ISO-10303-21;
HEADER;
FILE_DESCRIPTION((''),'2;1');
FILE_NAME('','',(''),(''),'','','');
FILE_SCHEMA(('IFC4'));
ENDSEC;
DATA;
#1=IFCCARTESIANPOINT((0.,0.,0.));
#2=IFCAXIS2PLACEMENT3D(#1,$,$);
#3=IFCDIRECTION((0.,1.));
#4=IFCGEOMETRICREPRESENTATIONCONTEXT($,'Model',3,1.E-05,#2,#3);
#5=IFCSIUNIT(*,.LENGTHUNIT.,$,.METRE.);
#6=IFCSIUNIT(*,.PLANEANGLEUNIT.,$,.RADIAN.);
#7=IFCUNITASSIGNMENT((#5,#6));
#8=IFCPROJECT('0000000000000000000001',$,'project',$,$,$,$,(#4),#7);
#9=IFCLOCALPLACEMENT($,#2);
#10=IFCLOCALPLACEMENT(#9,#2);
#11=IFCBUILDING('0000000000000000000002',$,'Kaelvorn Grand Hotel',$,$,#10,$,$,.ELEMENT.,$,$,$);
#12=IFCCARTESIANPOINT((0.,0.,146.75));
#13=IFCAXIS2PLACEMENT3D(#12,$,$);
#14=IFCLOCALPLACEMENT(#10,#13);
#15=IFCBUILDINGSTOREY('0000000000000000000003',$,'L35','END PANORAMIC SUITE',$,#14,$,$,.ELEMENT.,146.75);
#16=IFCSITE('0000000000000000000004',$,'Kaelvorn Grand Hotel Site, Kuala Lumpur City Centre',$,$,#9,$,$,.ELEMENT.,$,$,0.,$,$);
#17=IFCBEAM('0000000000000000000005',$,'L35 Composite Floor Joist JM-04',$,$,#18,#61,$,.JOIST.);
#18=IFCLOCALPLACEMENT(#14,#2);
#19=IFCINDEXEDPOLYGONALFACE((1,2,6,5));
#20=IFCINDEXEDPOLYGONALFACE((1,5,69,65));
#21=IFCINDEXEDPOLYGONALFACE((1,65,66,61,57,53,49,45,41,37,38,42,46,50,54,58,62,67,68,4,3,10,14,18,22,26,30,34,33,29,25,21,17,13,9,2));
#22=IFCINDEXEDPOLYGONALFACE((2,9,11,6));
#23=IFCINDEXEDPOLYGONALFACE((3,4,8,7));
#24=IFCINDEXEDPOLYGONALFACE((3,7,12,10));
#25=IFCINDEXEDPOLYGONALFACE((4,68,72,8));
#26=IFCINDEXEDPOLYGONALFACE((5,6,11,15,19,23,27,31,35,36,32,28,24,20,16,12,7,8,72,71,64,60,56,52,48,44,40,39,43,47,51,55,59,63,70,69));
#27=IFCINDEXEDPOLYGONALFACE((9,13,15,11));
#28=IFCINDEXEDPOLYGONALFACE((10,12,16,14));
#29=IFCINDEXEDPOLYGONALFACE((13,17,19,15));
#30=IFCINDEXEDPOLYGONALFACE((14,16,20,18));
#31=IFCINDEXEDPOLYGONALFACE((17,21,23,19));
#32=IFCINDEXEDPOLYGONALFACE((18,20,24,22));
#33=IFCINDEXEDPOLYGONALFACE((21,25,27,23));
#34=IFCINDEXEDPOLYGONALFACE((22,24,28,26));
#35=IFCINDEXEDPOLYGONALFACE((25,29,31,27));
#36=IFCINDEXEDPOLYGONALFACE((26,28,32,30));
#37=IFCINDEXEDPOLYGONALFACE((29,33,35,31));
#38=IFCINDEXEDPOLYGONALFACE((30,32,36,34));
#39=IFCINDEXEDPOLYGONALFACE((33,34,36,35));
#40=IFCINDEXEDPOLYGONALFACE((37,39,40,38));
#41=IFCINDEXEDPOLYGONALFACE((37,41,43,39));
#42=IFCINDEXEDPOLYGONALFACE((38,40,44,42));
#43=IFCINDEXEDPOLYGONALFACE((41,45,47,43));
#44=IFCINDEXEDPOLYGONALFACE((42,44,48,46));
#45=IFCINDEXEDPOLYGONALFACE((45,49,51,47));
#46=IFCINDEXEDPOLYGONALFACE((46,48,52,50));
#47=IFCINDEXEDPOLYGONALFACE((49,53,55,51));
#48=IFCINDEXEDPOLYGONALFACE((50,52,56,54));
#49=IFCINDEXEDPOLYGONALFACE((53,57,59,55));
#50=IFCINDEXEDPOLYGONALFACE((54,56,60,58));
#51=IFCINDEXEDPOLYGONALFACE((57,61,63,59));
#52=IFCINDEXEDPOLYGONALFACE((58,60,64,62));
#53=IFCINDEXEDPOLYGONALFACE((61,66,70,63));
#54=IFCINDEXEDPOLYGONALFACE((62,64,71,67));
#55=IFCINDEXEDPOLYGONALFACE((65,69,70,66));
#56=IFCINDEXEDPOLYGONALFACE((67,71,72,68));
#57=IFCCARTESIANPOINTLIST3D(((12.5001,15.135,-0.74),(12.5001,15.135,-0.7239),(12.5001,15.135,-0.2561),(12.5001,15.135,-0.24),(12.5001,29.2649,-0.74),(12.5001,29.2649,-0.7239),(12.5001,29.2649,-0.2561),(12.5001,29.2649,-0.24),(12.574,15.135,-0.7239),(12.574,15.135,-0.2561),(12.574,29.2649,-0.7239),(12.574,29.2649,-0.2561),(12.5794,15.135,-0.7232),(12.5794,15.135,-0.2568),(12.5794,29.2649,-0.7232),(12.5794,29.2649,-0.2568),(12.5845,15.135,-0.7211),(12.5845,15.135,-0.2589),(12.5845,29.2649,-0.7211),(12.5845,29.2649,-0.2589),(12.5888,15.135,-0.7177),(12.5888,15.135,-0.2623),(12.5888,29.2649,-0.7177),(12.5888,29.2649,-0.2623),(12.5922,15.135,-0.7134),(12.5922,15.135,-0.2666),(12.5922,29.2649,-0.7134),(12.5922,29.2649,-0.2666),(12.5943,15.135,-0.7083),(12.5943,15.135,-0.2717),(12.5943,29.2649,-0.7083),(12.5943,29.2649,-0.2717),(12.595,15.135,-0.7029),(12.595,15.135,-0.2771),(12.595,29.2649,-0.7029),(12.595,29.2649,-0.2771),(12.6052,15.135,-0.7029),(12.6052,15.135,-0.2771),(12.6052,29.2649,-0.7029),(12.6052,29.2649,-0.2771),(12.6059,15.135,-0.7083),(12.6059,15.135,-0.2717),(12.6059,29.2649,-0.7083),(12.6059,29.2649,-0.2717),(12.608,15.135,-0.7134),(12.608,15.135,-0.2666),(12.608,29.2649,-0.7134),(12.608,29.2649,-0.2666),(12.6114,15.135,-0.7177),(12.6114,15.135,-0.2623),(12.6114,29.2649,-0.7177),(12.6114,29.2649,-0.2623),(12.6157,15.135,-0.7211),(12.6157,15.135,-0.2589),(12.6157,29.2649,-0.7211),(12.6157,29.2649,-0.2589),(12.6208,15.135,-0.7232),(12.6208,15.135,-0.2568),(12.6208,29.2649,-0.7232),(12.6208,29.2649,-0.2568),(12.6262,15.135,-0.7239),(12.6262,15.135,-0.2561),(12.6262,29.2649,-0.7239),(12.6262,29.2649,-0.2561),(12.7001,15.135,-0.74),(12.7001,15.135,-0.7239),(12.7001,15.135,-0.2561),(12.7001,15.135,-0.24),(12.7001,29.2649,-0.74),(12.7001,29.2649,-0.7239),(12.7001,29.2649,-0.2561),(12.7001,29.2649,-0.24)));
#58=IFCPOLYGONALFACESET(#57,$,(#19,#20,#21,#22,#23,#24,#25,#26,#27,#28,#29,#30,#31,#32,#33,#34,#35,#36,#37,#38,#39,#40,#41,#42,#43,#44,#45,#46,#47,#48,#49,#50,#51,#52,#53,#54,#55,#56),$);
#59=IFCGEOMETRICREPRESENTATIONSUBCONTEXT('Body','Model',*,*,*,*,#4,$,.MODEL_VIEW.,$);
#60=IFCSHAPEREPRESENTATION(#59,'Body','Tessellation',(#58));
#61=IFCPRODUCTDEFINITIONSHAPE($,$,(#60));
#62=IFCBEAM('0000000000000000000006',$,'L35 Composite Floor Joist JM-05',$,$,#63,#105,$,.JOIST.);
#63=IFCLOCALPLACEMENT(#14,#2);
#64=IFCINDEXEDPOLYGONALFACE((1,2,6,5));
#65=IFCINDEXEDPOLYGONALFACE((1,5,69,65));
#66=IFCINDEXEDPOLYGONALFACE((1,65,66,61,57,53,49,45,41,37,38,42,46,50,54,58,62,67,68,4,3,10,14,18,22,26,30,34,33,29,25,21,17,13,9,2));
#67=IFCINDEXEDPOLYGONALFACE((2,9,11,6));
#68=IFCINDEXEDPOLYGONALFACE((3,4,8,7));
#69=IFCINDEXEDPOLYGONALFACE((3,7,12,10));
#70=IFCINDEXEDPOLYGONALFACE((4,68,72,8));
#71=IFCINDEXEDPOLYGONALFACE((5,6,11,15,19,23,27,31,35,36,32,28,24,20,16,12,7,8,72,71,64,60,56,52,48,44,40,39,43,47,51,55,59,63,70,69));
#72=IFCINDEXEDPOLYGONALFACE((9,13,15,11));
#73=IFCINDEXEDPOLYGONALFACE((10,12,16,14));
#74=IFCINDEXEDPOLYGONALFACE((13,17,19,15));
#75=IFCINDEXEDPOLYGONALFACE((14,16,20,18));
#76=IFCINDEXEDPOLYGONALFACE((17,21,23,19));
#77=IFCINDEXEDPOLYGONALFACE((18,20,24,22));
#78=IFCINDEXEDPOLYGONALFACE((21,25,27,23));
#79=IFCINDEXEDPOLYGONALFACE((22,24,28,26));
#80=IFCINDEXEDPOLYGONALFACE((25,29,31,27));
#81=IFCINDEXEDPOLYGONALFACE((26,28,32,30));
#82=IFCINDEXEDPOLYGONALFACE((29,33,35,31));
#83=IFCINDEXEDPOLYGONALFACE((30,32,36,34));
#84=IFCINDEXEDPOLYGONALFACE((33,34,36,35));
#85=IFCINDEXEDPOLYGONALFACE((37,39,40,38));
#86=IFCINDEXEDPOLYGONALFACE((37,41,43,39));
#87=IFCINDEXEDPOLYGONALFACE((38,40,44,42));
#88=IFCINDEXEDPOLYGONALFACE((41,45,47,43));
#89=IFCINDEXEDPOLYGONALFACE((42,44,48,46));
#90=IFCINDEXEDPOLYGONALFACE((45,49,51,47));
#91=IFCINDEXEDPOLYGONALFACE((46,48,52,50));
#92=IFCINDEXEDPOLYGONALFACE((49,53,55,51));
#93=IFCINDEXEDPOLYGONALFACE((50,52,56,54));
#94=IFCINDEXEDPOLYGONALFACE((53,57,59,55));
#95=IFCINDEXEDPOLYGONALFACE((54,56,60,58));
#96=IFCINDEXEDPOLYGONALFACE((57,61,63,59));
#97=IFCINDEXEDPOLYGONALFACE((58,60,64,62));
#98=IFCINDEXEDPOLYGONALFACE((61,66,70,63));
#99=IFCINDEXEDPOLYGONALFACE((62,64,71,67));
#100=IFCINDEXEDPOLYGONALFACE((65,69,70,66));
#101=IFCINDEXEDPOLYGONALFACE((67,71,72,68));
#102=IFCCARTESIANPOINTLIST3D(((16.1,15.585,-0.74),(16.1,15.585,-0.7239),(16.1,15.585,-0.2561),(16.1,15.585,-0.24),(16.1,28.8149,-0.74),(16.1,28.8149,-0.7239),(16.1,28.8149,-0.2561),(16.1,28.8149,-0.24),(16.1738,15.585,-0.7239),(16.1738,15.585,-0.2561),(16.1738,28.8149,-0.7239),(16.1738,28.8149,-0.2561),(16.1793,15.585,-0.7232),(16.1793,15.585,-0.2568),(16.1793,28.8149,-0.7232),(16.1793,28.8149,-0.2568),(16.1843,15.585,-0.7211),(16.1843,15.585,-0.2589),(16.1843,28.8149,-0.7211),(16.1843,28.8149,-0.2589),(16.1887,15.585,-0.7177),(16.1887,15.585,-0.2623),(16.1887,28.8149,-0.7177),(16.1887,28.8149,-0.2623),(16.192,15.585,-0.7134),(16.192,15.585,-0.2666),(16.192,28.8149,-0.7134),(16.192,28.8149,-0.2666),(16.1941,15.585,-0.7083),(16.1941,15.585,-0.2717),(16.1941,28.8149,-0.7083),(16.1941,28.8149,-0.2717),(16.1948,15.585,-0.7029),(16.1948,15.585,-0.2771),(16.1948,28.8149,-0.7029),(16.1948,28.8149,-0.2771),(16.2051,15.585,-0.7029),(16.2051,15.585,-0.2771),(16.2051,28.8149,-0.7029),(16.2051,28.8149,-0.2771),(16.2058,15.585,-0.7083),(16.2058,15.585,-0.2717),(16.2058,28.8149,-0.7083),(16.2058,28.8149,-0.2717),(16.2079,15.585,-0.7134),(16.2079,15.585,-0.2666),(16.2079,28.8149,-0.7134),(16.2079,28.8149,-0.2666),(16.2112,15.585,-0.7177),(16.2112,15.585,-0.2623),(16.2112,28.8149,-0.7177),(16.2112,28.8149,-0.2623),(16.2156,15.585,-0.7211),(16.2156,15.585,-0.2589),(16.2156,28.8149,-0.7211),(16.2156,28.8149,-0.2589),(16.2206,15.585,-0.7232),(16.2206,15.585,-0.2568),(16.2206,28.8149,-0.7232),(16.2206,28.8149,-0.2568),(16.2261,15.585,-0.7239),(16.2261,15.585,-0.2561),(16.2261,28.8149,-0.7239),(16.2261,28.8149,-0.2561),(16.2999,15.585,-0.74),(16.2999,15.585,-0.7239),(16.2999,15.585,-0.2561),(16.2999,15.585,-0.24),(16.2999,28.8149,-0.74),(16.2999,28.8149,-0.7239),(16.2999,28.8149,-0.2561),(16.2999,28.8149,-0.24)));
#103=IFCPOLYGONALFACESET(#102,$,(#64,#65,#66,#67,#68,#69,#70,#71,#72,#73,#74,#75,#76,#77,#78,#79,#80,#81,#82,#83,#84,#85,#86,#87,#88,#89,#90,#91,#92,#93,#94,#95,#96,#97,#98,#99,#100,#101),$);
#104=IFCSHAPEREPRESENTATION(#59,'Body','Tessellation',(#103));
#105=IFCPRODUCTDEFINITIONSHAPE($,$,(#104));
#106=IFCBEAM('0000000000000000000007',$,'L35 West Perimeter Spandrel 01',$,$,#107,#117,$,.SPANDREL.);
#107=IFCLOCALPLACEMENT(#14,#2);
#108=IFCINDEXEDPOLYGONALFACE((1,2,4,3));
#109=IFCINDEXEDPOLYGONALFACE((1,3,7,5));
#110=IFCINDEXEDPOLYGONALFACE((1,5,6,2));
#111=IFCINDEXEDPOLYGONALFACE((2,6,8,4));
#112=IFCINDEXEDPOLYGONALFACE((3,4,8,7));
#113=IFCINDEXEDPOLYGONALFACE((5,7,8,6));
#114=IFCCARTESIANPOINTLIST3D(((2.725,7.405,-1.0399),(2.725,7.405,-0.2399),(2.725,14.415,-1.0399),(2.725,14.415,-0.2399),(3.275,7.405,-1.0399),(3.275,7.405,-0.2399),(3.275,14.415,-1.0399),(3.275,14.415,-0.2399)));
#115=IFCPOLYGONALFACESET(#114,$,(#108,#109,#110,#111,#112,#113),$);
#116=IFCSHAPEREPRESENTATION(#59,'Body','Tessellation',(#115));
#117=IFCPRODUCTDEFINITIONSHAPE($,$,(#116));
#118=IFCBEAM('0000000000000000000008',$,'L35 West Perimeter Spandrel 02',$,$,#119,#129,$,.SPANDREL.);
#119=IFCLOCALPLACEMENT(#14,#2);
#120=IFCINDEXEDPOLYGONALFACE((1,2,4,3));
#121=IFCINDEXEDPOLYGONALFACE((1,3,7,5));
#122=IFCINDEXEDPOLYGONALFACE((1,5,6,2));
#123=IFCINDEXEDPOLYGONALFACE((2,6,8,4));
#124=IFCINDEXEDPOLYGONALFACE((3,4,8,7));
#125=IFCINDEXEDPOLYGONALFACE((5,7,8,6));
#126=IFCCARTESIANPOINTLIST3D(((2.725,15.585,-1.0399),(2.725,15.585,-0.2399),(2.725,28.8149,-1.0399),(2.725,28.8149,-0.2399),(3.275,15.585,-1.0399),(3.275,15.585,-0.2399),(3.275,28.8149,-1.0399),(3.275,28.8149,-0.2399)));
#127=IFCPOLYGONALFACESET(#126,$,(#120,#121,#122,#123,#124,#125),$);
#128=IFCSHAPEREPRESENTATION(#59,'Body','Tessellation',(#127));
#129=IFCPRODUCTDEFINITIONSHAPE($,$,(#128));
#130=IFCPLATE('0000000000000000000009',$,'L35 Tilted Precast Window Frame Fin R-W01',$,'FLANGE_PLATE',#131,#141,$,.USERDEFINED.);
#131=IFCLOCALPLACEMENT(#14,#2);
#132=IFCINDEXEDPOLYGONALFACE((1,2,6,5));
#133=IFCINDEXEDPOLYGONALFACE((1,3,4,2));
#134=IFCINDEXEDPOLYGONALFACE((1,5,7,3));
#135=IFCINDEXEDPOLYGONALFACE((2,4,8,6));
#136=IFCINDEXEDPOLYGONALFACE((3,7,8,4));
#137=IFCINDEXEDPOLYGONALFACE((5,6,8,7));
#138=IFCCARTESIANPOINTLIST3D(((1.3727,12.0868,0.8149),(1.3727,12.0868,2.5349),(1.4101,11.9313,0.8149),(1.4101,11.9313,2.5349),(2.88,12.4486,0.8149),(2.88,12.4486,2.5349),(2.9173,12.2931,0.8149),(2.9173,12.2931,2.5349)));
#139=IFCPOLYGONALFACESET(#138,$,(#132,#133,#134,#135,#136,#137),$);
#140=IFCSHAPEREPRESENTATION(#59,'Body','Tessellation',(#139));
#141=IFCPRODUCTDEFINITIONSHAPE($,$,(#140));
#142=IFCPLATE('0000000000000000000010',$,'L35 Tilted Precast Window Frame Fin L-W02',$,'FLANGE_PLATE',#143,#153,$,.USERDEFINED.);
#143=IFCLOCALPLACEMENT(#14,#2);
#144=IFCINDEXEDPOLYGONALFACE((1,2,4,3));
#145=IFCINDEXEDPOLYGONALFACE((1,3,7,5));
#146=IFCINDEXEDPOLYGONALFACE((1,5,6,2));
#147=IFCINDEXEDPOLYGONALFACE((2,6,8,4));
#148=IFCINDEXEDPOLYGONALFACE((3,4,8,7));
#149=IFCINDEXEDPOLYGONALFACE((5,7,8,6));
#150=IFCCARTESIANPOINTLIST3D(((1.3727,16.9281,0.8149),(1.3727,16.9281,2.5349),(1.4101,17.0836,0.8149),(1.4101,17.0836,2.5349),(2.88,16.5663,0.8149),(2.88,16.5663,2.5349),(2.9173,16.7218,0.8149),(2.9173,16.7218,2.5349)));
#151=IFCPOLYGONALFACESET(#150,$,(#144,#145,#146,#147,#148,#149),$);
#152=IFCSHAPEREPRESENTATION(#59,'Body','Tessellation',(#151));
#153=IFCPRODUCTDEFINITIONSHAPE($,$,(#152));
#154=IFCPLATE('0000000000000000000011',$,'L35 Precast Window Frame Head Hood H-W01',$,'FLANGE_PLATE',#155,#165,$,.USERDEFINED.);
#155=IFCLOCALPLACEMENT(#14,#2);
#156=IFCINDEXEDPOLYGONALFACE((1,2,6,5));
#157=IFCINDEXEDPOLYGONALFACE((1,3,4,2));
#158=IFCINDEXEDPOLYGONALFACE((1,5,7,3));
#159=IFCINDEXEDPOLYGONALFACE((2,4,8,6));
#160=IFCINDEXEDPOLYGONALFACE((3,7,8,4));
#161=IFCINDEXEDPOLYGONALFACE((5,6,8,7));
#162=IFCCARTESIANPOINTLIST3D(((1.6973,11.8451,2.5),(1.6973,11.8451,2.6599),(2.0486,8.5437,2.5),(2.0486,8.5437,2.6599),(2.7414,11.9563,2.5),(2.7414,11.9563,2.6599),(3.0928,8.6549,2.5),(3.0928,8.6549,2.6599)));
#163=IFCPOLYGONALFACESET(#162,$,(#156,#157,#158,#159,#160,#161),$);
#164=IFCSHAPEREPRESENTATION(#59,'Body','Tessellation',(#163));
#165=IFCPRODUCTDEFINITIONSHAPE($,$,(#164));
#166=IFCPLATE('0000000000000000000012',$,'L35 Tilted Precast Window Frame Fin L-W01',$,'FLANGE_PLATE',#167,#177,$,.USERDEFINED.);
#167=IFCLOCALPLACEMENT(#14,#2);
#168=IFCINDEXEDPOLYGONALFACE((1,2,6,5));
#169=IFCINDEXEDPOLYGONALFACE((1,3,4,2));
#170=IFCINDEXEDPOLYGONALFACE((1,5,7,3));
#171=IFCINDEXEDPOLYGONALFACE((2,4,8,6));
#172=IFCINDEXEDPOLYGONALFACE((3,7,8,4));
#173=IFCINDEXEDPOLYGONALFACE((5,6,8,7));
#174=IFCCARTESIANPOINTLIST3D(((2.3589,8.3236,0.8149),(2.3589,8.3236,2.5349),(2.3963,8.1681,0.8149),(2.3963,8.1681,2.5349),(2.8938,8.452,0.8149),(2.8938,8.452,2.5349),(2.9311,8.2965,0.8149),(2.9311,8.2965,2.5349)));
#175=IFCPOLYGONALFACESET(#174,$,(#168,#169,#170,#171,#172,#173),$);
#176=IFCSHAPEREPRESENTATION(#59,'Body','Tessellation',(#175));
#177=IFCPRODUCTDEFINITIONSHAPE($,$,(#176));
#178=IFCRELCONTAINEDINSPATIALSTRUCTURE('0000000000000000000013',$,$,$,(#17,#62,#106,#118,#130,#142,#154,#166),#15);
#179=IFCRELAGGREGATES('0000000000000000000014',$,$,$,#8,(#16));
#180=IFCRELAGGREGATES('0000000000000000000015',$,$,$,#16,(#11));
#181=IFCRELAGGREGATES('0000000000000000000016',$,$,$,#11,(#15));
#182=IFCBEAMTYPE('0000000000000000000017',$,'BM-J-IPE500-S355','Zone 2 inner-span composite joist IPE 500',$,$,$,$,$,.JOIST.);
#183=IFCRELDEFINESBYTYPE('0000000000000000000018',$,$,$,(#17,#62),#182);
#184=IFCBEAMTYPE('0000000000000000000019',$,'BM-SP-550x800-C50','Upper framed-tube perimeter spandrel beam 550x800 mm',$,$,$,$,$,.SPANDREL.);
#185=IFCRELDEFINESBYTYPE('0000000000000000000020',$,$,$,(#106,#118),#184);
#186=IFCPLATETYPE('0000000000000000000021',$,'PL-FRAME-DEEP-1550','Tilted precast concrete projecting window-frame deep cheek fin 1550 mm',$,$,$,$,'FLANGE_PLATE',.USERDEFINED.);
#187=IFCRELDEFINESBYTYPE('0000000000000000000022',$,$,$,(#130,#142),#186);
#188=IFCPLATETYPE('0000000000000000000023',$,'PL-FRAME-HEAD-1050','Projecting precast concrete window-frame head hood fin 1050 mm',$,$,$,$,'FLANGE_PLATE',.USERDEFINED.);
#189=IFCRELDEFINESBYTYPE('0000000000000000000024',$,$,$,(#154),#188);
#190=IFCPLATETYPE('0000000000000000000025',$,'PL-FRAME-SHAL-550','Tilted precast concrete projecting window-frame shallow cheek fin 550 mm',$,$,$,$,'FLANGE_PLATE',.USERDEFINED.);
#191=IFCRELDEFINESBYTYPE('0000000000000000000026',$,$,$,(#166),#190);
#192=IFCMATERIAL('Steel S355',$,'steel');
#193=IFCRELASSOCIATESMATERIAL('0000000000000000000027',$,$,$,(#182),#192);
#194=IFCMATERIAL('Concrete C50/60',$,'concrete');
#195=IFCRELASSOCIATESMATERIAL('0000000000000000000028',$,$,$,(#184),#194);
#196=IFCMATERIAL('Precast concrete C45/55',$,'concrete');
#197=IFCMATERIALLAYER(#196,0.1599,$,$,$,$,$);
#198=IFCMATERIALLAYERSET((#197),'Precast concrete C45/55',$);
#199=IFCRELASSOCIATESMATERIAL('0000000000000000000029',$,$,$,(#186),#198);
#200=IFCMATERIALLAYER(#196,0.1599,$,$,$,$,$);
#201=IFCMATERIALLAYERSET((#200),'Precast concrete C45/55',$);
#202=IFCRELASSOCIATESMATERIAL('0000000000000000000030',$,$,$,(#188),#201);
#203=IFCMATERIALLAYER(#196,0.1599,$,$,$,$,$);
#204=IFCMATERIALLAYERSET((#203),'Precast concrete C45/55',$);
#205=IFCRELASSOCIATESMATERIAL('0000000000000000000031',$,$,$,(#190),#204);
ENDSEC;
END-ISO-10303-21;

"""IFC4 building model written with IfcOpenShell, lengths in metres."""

from ifc_helpers import new_model, si_unit, direction, frame, origin, origin_2d, place, context, subcontext, project, spatial, rectangle, i_section, extrude, material, layer, layer_set, material_profile, profile_set, type_object, element, save


model = new_model("IFC4")

# Units and contexts
model_context = context("Model", 3, precision=1e-05, world=origin(), true_north=direction((0.0, 1.0)))
body_context = subcontext(model_context, "Body", "Model", "MODEL_VIEW")
ifc_project = project(units=[si_unit("LENGTHUNIT", "METRE"), si_unit("PLANEANGLEUNIT", "RADIAN")], contexts=[model_context])

# Site, building, storey
site_placement = place(None, origin())
site = spatial("IfcSite", under=ifc_project, at=site_placement, Name="Kaelvorn Grand Hotel Site, Kuala Lumpur City Centre", CompositionType="ELEMENT", RefElevation=0.0)
building_placement = place(site_placement, origin())
building = spatial("IfcBuilding", under=site, at=building_placement, Name="Kaelvorn Grand Hotel", CompositionType="ELEMENT")
storey_placement = place(building_placement, frame((0.0, 0.0, 146.75)))
storey = spatial("IfcBuildingStorey", under=building, at=storey_placement, Name="L35", Description="END PANORAMIC SUITE", CompositionType="ELEMENT", Elevation=146.75)

# Beams
ifc_material_1 = material(Name="Steel S355", Category="steel")
ifc_material_profile_1 = material_profile(ifc_material_1, i_section(OverallWidth=0.2, OverallDepth=0.5, WebThickness=0.0103, FlangeThickness=0.0161, FilletRadius=0.021, at=origin_2d()), Name="IPE 500")
ifc_profile_set_1 = profile_set([ifc_material_profile_1], Name="Steel S355")
beam_type_1 = type_object("IfcBeamType", Name="BM-J-IPE500-S355", Description="Zone 2 inner-span composite joist IPE 500", PredefinedType="JOIST", material=ifc_profile_set_1)
beam_1_placement = place(storey_placement, frame((12.6001, 15.135, -0.49), z_axis=(0.0, 1.0, 0.0), x_axis=(-1.0, 0.0, 0.0)))
element("IfcBeam", 1, at=beam_1_placement, inside=storey, type_object=beam_type_1, Name="L35 Composite Floor Joist JM-04", PredefinedType="JOIST", context=body_context, shape_type="SweptSolid", body=[
    extrude(i_section(OverallWidth=0.2, OverallDepth=0.5, WebThickness=0.0103, FlangeThickness=0.0161, FilletRadius=0.021, at=origin_2d()), origin(), (0.0, 0.0, 1.0), 14.1299),
])
beam_2_placement = place(storey_placement, frame((16.2, 15.585, -0.49), z_axis=(0.0, 1.0, 0.0), x_axis=(-1.0, 0.0, 0.0)))
element("IfcBeam", 2, at=beam_2_placement, inside=storey, type_object=beam_type_1, Name="L35 Composite Floor Joist JM-05", PredefinedType="JOIST", context=body_context, shape_type="SweptSolid", body=[
    extrude(i_section(OverallWidth=0.2, OverallDepth=0.5, WebThickness=0.0103, FlangeThickness=0.0161, FilletRadius=0.021, at=origin_2d()), origin(), (0.0, 0.0, 1.0), 13.23),
])
ifc_material_2 = material(Name="Concrete C50/60", Category="concrete")
ifc_material_profile_2 = material_profile(ifc_material_2, rectangle(XDim=0.55, YDim=0.8, at=origin_2d()), Name="RC SPANDREL 550x800")
ifc_profile_set_2 = profile_set([ifc_material_profile_2], Name="Concrete C50/60")
beam_type_2 = type_object("IfcBeamType", Name="BM-SP-550x800-C50", Description="Upper framed-tube perimeter spandrel beam 550x800 mm", PredefinedType="SPANDREL", material=ifc_profile_set_2)
beam_3_placement = place(storey_placement, frame((3.0, 7.405, -0.6399), z_axis=(0.0, 1.0, 0.0), x_axis=(-1.0, 0.0, 0.0)))
element("IfcBeam", 3, at=beam_3_placement, inside=storey, type_object=beam_type_2, Name="L35 West Perimeter Spandrel 01", PredefinedType="SPANDREL", context=body_context, shape_type="SweptSolid", body=[
    extrude(rectangle(XDim=0.55, YDim=0.8, at=origin_2d()), origin(), (0.0, 0.0, 1.0), 7.01),
])
beam_4_placement = place(storey_placement, frame((3.0, 15.585, -0.6399), z_axis=(0.0, 1.0, 0.0), x_axis=(-1.0, 0.0, 0.0)))
element("IfcBeam", 4, at=beam_4_placement, inside=storey, type_object=beam_type_2, Name="L35 West Perimeter Spandrel 02", PredefinedType="SPANDREL", context=body_context, shape_type="SweptSolid", body=[
    extrude(rectangle(XDim=0.55, YDim=0.8, at=origin_2d()), origin(), (0.0, 0.0, 1.0), 13.23),
])

# Plates
ifc_material_3 = material(Name="Precast concrete C45/55", Category="concrete")
ifc_layer_1 = layer(ifc_material_3, 0.1599)
ifc_layer_set_1 = layer_set([ifc_layer_1], Name="Precast concrete C45/55")
plate_type_1 = type_object("IfcPlateType", Name="PL-FRAME-DEEP-1550", Description="Tilted precast concrete projecting window-frame deep cheek fin 1550 mm", ElementType="FLANGE_PLATE", PredefinedType="USERDEFINED", material=ifc_layer_set_1)
for number, where, z_axis, x_axis, name in (
    (5, (2.145, 12.1899, 0.8149), (0.0, 0.0, 1.0), (-0.233445, 0.97237, 0.0), "L35 Tilted Precast Window Frame Fin R-W01"),
    (6, (2.145, 16.825, 0.8149), (0.0, 0.0, 1.0), (0.233445, 0.97237, 0.0), "L35 Tilted Precast Window Frame Fin L-W02"),
):
    element("IfcPlate", number, at=place(storey_placement, frame(where, z_axis=z_axis, x_axis=x_axis)), inside=storey, type_object=plate_type_1, Name=name, ObjectType="FLANGE_PLATE", PredefinedType="USERDEFINED", context=body_context, shape_type="SweptSolid", body=[
        extrude(rectangle(XDim=0.1599, YDim=1.55, at=origin_2d()), origin(), (0.0, 0.0, 1.0), 1.72),
    ])
ifc_layer_2 = layer(ifc_material_3, 0.1599)
ifc_layer_set_2 = layer_set([ifc_layer_2], Name="Precast concrete C45/55")
plate_type_2 = type_object("IfcPlateType", Name="PL-FRAME-HEAD-1050", Description="Projecting precast concrete window-frame head hood fin 1050 mm", ElementType="FLANGE_PLATE", PredefinedType="USERDEFINED", material=ifc_layer_set_2)
plate_1_placement = place(storey_placement, frame((2.395, 10.25, 2.5), z_axis=(0.0, 0.0, 1.0), x_axis=(-0.10583, 0.994384, 0.0)))
element("IfcPlate", 7, at=plate_1_placement, inside=storey, type_object=plate_type_2, Name="L35 Precast Window Frame Head Hood H-W01", ObjectType="FLANGE_PLATE", PredefinedType="USERDEFINED", context=body_context, shape_type="SweptSolid", body=[
    extrude(rectangle(XDim=3.3201, YDim=1.05, at=origin_2d()), origin(), (0.0, 0.0, 1.0), 0.1599),
])
ifc_layer_3 = layer(ifc_material_3, 0.1599)
ifc_layer_set_3 = layer_set([ifc_layer_3], Name="Precast concrete C45/55")
plate_type_3 = type_object("IfcPlateType", Name="PL-FRAME-SHAL-550", Description="Tilted precast concrete projecting window-frame shallow cheek fin 550 mm", ElementType="FLANGE_PLATE", PredefinedType="USERDEFINED", material=ifc_layer_set_3)
plate_2_placement = place(storey_placement, frame((2.645, 8.3101, 0.8149), z_axis=(0.0, 0.0, 1.0), x_axis=(-0.233445, 0.97237, 0.0)))
element("IfcPlate", 8, at=plate_2_placement, inside=storey, type_object=plate_type_3, Name="L35 Tilted Precast Window Frame Fin L-W01", ObjectType="FLANGE_PLATE", PredefinedType="USERDEFINED", context=body_context, shape_type="SweptSolid", body=[
    extrude(rectangle(XDim=0.1599, YDim=0.55, at=origin_2d()), origin(), (0.0, 0.0, 1.0), 1.72),
])

save(model, "model.ifc")
